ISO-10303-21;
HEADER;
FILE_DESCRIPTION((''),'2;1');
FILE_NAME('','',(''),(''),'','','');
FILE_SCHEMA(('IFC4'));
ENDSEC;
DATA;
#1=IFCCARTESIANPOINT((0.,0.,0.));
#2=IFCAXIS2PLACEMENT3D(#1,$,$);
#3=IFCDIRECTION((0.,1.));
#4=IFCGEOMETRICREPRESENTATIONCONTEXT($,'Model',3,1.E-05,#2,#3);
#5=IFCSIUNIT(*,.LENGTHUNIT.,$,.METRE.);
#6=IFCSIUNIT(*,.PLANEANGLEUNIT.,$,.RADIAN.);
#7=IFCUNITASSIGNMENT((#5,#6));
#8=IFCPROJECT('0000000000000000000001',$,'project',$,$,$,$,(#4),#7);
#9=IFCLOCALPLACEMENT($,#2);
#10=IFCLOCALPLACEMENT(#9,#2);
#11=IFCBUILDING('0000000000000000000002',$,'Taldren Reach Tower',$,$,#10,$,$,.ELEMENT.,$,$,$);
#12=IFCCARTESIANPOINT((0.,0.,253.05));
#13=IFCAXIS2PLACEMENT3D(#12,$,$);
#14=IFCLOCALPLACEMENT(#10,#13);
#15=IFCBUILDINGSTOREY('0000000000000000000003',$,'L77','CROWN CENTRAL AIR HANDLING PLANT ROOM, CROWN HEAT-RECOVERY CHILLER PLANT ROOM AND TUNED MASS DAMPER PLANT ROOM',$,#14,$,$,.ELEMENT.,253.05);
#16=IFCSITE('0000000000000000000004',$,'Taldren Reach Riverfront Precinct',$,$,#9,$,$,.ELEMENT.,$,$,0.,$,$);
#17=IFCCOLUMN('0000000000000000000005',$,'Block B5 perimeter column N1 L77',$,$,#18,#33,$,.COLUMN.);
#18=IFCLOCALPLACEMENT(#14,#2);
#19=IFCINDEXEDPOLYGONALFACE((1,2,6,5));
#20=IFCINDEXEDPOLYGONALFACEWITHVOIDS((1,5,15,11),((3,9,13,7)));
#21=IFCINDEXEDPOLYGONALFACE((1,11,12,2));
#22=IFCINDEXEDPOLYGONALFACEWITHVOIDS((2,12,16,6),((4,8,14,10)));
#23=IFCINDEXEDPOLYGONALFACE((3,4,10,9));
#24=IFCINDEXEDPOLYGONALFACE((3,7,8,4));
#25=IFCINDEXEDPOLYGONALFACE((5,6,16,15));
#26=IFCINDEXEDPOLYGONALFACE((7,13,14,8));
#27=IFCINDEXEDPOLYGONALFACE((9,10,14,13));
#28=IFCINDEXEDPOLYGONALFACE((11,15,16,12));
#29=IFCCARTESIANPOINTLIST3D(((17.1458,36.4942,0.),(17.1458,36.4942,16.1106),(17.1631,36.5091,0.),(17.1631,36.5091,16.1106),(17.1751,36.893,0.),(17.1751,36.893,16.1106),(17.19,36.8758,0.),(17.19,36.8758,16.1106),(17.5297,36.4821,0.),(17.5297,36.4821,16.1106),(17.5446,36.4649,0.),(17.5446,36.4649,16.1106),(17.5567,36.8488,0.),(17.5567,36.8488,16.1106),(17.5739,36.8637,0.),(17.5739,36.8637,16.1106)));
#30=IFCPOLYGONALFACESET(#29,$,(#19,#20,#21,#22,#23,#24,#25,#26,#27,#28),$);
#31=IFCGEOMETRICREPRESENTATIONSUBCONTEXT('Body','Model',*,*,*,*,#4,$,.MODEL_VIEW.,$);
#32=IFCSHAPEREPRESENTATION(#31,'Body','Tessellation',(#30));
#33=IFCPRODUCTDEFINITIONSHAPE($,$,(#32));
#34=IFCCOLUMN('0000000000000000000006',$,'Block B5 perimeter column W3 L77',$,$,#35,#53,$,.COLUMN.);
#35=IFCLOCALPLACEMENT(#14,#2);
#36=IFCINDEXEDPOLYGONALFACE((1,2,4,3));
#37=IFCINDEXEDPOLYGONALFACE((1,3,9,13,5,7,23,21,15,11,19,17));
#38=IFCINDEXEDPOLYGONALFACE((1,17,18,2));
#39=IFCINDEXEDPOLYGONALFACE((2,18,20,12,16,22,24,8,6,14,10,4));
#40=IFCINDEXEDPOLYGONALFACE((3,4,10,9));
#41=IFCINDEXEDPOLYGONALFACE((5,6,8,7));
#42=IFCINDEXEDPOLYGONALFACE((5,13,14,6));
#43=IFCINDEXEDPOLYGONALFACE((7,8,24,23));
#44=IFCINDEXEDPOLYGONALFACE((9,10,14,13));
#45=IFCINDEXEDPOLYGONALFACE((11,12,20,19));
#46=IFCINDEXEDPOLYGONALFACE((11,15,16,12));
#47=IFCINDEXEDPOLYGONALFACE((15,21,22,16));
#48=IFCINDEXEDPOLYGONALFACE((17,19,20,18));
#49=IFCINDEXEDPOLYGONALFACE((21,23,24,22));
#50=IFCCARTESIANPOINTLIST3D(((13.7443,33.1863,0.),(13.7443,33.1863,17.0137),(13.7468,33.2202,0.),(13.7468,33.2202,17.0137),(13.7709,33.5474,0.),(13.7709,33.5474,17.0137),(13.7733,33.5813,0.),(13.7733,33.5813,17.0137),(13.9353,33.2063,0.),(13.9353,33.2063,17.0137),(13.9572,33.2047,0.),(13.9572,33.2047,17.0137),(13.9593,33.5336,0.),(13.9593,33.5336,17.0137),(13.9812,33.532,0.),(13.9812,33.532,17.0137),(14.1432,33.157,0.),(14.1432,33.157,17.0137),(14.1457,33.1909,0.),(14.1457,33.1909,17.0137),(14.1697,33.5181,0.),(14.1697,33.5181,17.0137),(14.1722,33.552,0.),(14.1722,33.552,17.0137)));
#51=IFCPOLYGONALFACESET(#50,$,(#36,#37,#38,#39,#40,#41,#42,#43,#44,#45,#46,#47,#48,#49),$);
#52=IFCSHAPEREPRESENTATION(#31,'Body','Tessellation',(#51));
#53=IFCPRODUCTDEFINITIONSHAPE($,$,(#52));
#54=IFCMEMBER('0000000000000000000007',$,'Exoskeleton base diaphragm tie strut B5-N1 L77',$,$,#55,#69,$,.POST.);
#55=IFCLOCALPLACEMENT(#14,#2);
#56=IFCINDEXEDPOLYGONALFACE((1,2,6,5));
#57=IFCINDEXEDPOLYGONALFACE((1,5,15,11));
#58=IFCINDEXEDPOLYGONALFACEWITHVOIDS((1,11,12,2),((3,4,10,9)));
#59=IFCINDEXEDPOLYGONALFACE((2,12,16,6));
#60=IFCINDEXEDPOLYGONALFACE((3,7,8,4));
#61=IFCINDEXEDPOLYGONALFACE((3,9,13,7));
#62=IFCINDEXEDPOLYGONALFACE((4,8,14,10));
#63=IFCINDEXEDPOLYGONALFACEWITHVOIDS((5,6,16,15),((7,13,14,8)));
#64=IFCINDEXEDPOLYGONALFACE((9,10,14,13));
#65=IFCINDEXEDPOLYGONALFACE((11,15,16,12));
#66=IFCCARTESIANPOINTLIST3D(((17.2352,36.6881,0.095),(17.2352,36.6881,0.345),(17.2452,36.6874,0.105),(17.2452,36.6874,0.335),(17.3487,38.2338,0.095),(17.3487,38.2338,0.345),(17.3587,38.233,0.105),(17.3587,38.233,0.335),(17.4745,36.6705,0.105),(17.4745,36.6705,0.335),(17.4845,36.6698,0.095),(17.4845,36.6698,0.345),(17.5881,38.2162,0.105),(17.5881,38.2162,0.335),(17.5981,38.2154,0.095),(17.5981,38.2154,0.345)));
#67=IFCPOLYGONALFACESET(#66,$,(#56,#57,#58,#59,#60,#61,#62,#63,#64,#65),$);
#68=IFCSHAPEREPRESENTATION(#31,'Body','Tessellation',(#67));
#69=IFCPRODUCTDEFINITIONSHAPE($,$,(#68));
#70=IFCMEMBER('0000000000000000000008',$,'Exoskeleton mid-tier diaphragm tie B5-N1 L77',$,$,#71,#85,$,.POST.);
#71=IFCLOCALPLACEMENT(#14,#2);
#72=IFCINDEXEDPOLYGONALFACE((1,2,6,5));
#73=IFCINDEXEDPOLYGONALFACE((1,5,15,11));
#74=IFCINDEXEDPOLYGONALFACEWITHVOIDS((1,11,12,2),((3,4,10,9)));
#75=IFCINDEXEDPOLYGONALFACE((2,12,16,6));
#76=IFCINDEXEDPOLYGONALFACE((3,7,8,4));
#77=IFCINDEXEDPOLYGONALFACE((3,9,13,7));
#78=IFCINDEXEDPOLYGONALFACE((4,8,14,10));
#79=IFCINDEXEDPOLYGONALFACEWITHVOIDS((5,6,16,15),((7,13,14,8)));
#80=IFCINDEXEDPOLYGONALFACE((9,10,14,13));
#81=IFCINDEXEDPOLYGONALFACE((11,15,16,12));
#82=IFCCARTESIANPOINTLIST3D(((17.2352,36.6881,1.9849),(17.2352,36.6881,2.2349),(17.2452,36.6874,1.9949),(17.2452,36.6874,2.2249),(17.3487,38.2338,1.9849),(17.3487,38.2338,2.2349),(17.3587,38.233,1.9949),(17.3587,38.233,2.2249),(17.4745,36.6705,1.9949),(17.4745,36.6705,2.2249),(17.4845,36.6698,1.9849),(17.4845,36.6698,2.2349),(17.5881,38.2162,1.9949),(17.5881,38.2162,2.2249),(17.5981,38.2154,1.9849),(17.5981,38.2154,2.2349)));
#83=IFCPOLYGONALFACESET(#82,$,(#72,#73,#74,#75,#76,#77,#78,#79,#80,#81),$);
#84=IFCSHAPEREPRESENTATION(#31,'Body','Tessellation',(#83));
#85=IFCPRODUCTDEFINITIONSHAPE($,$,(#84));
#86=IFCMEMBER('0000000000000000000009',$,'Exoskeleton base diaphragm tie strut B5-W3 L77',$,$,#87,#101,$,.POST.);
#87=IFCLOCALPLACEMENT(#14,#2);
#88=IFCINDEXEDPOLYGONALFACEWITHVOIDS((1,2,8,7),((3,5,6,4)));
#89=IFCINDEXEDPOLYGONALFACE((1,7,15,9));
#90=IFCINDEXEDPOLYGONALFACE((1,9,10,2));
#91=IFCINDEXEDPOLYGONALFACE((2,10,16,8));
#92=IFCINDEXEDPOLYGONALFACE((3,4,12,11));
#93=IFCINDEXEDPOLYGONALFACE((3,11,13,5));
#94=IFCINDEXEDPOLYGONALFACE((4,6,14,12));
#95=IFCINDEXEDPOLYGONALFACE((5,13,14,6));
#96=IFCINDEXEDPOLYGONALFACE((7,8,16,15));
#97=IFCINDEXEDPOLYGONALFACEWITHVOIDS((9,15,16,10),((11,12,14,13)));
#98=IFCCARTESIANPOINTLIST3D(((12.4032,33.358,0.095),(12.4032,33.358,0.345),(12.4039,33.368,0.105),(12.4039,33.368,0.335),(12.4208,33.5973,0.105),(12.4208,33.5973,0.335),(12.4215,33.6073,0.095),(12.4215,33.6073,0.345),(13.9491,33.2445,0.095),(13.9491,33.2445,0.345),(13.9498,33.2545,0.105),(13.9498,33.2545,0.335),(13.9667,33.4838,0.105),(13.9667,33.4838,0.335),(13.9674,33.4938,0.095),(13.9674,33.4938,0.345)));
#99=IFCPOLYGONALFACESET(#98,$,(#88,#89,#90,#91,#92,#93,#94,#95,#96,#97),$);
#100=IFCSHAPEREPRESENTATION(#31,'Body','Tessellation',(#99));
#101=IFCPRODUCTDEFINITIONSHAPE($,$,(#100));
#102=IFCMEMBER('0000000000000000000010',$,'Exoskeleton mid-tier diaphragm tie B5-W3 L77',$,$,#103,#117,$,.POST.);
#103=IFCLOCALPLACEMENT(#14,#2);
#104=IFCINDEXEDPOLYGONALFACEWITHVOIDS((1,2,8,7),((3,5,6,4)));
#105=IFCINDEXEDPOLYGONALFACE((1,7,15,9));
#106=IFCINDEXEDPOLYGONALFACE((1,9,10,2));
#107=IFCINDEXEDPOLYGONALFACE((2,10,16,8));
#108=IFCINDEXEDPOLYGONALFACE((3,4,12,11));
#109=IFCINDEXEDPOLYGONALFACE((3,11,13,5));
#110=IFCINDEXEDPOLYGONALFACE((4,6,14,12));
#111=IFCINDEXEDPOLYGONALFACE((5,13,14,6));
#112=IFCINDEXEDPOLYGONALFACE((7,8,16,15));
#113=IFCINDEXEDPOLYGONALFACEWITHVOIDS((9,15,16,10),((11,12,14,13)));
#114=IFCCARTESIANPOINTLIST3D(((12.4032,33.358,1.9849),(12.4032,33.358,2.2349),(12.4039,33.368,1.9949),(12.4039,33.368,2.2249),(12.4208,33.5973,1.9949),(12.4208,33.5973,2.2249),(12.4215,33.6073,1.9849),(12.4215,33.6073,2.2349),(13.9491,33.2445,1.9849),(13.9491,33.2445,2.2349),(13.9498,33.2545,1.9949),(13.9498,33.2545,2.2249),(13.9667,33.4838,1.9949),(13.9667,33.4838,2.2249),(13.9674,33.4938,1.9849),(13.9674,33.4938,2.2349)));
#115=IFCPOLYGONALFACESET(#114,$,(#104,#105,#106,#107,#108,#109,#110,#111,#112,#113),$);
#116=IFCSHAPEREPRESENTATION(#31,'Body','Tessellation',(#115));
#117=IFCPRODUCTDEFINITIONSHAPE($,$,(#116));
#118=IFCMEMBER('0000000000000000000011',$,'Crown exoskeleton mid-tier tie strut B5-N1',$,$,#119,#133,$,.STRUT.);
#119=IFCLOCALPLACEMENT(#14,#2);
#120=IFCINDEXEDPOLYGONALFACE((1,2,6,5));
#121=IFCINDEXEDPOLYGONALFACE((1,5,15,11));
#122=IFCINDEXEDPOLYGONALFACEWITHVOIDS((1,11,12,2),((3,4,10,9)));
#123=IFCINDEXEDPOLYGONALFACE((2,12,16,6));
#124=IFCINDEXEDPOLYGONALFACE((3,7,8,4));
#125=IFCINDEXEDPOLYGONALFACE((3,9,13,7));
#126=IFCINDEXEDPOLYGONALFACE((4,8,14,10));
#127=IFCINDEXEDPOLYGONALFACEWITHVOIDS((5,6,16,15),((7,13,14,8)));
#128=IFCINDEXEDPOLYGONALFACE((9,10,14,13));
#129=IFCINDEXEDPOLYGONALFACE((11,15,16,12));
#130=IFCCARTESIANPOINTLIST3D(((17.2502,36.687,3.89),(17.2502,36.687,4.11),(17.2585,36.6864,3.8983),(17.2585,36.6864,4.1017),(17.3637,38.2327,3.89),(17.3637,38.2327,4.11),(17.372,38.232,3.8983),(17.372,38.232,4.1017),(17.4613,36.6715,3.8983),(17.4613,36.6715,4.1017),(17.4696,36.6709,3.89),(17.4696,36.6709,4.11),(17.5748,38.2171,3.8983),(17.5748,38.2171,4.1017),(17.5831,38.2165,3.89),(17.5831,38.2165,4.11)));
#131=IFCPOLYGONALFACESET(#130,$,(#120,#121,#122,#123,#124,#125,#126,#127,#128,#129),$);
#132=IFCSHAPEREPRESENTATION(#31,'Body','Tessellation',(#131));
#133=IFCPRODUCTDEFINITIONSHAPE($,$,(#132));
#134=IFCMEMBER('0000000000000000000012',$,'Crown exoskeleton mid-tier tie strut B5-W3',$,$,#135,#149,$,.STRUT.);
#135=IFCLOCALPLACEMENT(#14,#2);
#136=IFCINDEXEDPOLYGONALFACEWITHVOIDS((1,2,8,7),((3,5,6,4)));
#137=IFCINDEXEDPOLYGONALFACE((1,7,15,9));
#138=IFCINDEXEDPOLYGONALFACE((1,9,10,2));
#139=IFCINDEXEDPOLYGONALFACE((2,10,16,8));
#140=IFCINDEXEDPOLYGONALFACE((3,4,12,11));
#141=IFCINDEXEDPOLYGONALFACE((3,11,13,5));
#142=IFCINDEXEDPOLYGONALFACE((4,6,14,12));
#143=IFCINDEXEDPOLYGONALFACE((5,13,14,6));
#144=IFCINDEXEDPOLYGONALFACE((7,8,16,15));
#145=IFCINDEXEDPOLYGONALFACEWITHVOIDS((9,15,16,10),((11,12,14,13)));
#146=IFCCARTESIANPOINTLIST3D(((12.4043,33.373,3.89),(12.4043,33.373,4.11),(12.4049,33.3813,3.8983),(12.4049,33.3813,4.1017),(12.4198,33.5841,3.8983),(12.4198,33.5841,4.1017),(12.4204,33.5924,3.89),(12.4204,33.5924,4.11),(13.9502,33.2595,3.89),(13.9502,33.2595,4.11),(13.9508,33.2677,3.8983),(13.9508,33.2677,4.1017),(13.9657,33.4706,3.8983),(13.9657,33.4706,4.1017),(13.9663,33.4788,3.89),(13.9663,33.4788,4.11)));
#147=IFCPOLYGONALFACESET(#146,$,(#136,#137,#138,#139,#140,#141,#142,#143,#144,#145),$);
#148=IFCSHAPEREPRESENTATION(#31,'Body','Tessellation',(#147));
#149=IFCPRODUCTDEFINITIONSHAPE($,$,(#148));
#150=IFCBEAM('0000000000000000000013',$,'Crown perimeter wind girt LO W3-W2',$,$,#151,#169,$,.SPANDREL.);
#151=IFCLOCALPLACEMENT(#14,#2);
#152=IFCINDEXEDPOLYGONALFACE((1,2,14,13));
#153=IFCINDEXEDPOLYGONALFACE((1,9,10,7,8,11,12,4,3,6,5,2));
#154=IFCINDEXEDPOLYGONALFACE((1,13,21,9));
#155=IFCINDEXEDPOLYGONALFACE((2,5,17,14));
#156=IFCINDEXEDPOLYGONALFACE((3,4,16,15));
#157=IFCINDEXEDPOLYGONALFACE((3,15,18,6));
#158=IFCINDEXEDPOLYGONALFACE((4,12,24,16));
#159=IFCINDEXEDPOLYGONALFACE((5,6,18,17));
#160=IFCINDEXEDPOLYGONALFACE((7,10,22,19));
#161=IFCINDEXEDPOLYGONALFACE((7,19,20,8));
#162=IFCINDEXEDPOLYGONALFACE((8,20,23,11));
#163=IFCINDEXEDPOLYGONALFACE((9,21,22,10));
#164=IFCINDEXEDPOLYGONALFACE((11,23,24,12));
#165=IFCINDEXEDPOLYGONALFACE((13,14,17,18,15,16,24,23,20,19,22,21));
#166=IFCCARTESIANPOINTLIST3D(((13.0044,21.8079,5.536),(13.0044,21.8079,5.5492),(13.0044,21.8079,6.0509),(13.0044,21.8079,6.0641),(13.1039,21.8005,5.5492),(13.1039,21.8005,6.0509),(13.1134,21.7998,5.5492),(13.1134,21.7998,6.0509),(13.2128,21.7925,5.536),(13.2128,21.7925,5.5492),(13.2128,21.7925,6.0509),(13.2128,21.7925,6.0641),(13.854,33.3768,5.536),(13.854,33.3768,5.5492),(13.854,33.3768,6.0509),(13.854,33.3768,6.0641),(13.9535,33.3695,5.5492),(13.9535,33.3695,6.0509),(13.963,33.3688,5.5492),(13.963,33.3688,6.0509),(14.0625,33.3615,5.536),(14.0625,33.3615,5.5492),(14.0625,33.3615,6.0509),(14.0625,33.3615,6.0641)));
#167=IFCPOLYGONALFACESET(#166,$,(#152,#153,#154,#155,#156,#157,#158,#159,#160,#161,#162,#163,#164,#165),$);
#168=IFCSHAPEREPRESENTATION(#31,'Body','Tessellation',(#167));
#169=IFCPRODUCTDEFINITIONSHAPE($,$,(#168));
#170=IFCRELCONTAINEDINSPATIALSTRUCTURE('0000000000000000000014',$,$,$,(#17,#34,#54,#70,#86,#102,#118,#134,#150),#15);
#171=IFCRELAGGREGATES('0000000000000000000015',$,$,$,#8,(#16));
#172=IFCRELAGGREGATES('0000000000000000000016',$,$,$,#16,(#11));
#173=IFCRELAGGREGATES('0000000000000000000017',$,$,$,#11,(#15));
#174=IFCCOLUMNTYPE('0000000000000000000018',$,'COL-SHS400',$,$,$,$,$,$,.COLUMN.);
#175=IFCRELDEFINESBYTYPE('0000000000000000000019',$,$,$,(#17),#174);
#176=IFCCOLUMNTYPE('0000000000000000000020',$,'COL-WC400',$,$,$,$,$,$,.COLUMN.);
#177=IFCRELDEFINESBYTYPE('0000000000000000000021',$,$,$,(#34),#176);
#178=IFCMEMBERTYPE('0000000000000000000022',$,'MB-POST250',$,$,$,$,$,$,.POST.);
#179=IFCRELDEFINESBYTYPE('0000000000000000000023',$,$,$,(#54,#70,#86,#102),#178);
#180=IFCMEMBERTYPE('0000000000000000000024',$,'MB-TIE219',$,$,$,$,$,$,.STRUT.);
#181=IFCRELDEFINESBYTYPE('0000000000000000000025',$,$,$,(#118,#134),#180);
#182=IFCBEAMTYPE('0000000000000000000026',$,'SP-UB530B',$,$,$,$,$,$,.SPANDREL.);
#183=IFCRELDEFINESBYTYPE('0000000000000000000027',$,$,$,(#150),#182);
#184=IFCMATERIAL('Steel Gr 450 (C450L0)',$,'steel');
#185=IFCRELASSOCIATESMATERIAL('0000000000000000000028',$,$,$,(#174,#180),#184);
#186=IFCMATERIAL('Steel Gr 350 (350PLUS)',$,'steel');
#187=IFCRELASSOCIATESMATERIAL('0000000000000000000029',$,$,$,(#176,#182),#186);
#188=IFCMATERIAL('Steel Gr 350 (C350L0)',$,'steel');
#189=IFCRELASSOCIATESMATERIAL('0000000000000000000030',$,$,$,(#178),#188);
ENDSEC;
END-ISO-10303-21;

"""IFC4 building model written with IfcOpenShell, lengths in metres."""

from ifc_helpers import new_model, si_unit, direction, frame, origin, origin_2d, place, context, subcontext, project, spatial, hollow_rectangle, i_section, extrude, source, transform, mapped, material, material_profile, profile_set, type_object, element, save


model = new_model("IFC4")

# Units and contexts
model_context = context("Model", 3, precision=1e-05, world=origin(), true_north=direction((0.0, 1.0)))
body_context = subcontext(model_context, "Body", "Model", "MODEL_VIEW")
ifc_project = project(units=[si_unit("LENGTHUNIT", "METRE"), si_unit("PLANEANGLEUNIT", "RADIAN")], contexts=[model_context])

# Site, building, storey
site_placement = place(None, origin())
site = spatial("IfcSite", under=ifc_project, at=site_placement, Name="Taldren Reach Riverfront Precinct", CompositionType="ELEMENT", RefElevation=0.0)
building_placement = place(site_placement, origin())
building = spatial("IfcBuilding", under=site, at=building_placement, Name="Taldren Reach Tower", CompositionType="ELEMENT")
storey_placement = place(building_placement, frame((0.0, 0.0, 253.05)))
storey = spatial("IfcBuildingStorey", under=building, at=storey_placement, Name="L77", Description="CROWN CENTRAL AIR HANDLING PLANT ROOM, CROWN HEAT-RECOVERY CHILLER PLANT ROOM AND TUNED MASS DAMPER PLANT ROOM", CompositionType="ELEMENT", Elevation=253.05)

# Columns
ifc_material_1 = material(Name="Steel Gr 450 (C450L0)", Category="steel")
ifc_material_profile_1 = material_profile(ifc_material_1, hollow_rectangle(XDim=0.3999, YDim=0.3999, WallThickness=0.0161, at=origin_2d()), Name="400x400x16.0SHS")
ifc_profile_set_1 = profile_set([ifc_material_profile_1], Name="Steel Gr 450 (C450L0)")
column_type_1 = type_object("IfcColumnType", Name="COL-SHS400", PredefinedType="COLUMN", material=ifc_profile_set_1)
shared_shape_1 = source(origin(), body_context, "Body", "SweptSolid", [
    extrude(hollow_rectangle(XDim=0.3999, YDim=0.3999, WallThickness=0.0161, at=origin_2d()), origin(), (0.0, 0.0, 1.0), 16.1106),
])
column_1_placement = place(storey_placement, frame((17.3599, 36.679, 0.0), z_axis=(0.0, 0.0, 1.0), x_axis=(0.997314, -0.073238, 0.0)))
element("IfcColumn", 1, at=column_1_placement, inside=storey, type_object=column_type_1, Name="Block B5 perimeter column N1 L77", PredefinedType="COLUMN", context=body_context, shape_type="MappedRepresentation", body=[
    mapped(shared_shape_1, transform((0.0, 0.0, 0.0), scale=1.0)),
])
ifc_material_2 = material(Name="Steel Gr 350 (350PLUS)", Category="steel")
ifc_material_profile_2 = material_profile(ifc_material_2, i_section(OverallWidth=0.3999, OverallDepth=0.396, WebThickness=0.022, FlangeThickness=0.0339, at=origin_2d()), Name="400WC270")
ifc_profile_set_2 = profile_set([ifc_material_profile_2], Name="Steel Gr 350 (350PLUS)")
column_type_2 = type_object("IfcColumnType", Name="COL-WC400", PredefinedType="COLUMN", material=ifc_profile_set_2)
shared_shape_2 = source(origin(), body_context, "Body", "SweptSolid", [
    extrude(i_section(OverallWidth=0.3999, OverallDepth=0.396, WebThickness=0.022, FlangeThickness=0.0339, at=origin_2d()), origin(), (0.0, 0.0, 1.0), 17.0137),
])
column_2_placement = place(storey_placement, frame((13.9583, 33.3691, 0.0), z_axis=(0.0, 0.0, 1.0), x_axis=(0.997314, -0.073238, 0.0)))
element("IfcColumn", 2, at=column_2_placement, inside=storey, type_object=column_type_2, Name="Block B5 perimeter column W3 L77", PredefinedType="COLUMN", context=body_context, shape_type="MappedRepresentation", body=[
    mapped(shared_shape_2, transform((0.0, 0.0, 0.0), scale=1.0)),
])

# Members
ifc_material_3 = material(Name="Steel Gr 350 (C350L0)", Category="steel")
ifc_material_profile_3 = material_profile(ifc_material_3, hollow_rectangle(XDim=0.25, YDim=0.25, WallThickness=0.01, at=origin_2d()), Name="250x250x10.0SHS")
ifc_profile_set_3 = profile_set([ifc_material_profile_3], Name="Steel Gr 350 (C350L0)")
member_type_1 = type_object("IfcMemberType", Name="MB-POST250", PredefinedType="POST", material=ifc_profile_set_3)
shared_shape_3 = source(origin(), body_context, "Body", "SweptSolid", [
    extrude(hollow_rectangle(XDim=0.25, YDim=0.25, WallThickness=0.01, at=origin_2d()), origin(), (0.0, 0.0, 1.0), 1.5498),
])
for number, where, z_axis, x_axis, name in (
    (3, (17.3599, 36.679, 0.22), (0.073251, 0.997314, 0.0), (-0.997314, 0.073251, 0.0), "Exoskeleton base diaphragm tie strut B5-N1 L77"),
    (4, (17.3599, 36.679, 2.1099), (0.073251, 0.997314, 0.0), (-0.997314, 0.073251, 0.0), "Exoskeleton mid-tier diaphragm tie B5-N1 L77"),
):
    element("IfcMember", number, at=place(storey_placement, frame(where, z_axis=z_axis, x_axis=x_axis)), inside=storey, type_object=member_type_1, Name=name, PredefinedType="POST", context=body_context, shape_type="MappedRepresentation", body=[
        mapped(shared_shape_3, transform((0.0, 0.0, 0.0), scale=1.0)),
    ])
shared_shape_4 = source(origin(), body_context, "Body", "SweptSolid", [
    extrude(hollow_rectangle(XDim=0.25, YDim=0.25, WallThickness=0.01, at=origin_2d()), origin(), (0.0, 0.0, 1.0), 1.55),
])
for number, where, z_axis, x_axis, name in (
    (5, (13.9583, 33.3691, 0.22), (-0.997314, 0.073239, 0.0), (-0.073239, -0.997314, 0.0), "Exoskeleton base diaphragm tie strut B5-W3 L77"),
    (6, (13.9583, 33.3691, 2.1099), (-0.997314, 0.073239, 0.0), (-0.073239, -0.997314, 0.0), "Exoskeleton mid-tier diaphragm tie B5-W3 L77"),
):
    element("IfcMember", number, at=place(storey_placement, frame(where, z_axis=z_axis, x_axis=x_axis)), inside=storey, type_object=member_type_1, Name=name, PredefinedType="POST", context=body_context, shape_type="MappedRepresentation", body=[
        mapped(shared_shape_4, transform((0.0, 0.0, 0.0), scale=1.0)),
    ])
ifc_material_profile_4 = material_profile(ifc_material_1, hollow_rectangle(XDim=0.22, YDim=0.22, WallThickness=0.0083, at=origin_2d()), Name="220x220x8.2SHS")
ifc_profile_set_4 = profile_set([ifc_material_profile_4], Name="Steel Gr 450 (C450L0)")
member_type_2 = type_object("IfcMemberType", Name="MB-TIE219", PredefinedType="STRUT", material=ifc_profile_set_4)
shared_shape_5 = source(origin(), body_context, "Body", "SweptSolid", [
    extrude(hollow_rectangle(XDim=0.22, YDim=0.22, WallThickness=0.0083, at=origin_2d()), origin(), (0.0, 0.0, 1.0), 1.5498),
])
member_1_placement = place(storey_placement, frame((17.3599, 36.679, 4.0), z_axis=(0.073251, 0.997314, 0.0), x_axis=(-0.997314, 0.073251, 0.0)))
element("IfcMember", 7, at=member_1_placement, inside=storey, type_object=member_type_2, Name="Crown exoskeleton mid-tier tie strut B5-N1", PredefinedType="STRUT", context=body_context, shape_type="MappedRepresentation", body=[
    mapped(shared_shape_5, transform((0.0, 0.0, 0.0), scale=1.0)),
])
shared_shape_6 = source(origin(), body_context, "Body", "SweptSolid", [
    extrude(hollow_rectangle(XDim=0.22, YDim=0.22, WallThickness=0.0083, at=origin_2d()), origin(), (0.0, 0.0, 1.0), 1.55),
])
member_2_placement = place(storey_placement, frame((13.9583, 33.3691, 4.0), z_axis=(-0.997314, 0.073239, 0.0), x_axis=(-0.073239, -0.997314, 0.0)))
element("IfcMember", 8, at=member_2_placement, inside=storey, type_object=member_type_2, Name="Crown exoskeleton mid-tier tie strut B5-W3", PredefinedType="STRUT", context=body_context, shape_type="MappedRepresentation", body=[
    mapped(shared_shape_6, transform((0.0, 0.0, 0.0), scale=1.0)),
])

# Beam
ifc_material_profile_5 = material_profile(ifc_material_2, i_section(OverallWidth=0.209, OverallDepth=0.5281, WebThickness=0.0095, FlangeThickness=0.0132, at=origin_2d()), Name="530UB82.0")
ifc_profile_set_5 = profile_set([ifc_material_profile_5], Name="Steel Gr 350 (350PLUS)")
beam_type_1 = type_object("IfcBeamType", Name="SP-UB530B", PredefinedType="SPANDREL", material=ifc_profile_set_5)
shared_shape_7 = source(origin(), body_context, "Body", "SweptSolid", [
    extrude(i_section(OverallWidth=0.209, OverallDepth=0.5281, WebThickness=0.0095, FlangeThickness=0.0132, at=origin_2d()), origin(), (0.0, 0.0, 1.0), 11.6001),
])
beam_1_placement = place(storey_placement, frame((13.9583, 33.3691, 5.8), z_axis=(-0.073242, -0.997314, 0.0), x_axis=(0.997314, -0.073242, 0.0)))
element("IfcBeam", 9, at=beam_1_placement, inside=storey, type_object=beam_type_1, Name="Crown perimeter wind girt LO W3-W2", PredefinedType="SPANDREL", context=body_context, shape_type="MappedRepresentation", body=[
    mapped(shared_shape_7, transform((0.0, 0.0, 0.0), scale=1.0)),
])

save(model, "model.ifc")
